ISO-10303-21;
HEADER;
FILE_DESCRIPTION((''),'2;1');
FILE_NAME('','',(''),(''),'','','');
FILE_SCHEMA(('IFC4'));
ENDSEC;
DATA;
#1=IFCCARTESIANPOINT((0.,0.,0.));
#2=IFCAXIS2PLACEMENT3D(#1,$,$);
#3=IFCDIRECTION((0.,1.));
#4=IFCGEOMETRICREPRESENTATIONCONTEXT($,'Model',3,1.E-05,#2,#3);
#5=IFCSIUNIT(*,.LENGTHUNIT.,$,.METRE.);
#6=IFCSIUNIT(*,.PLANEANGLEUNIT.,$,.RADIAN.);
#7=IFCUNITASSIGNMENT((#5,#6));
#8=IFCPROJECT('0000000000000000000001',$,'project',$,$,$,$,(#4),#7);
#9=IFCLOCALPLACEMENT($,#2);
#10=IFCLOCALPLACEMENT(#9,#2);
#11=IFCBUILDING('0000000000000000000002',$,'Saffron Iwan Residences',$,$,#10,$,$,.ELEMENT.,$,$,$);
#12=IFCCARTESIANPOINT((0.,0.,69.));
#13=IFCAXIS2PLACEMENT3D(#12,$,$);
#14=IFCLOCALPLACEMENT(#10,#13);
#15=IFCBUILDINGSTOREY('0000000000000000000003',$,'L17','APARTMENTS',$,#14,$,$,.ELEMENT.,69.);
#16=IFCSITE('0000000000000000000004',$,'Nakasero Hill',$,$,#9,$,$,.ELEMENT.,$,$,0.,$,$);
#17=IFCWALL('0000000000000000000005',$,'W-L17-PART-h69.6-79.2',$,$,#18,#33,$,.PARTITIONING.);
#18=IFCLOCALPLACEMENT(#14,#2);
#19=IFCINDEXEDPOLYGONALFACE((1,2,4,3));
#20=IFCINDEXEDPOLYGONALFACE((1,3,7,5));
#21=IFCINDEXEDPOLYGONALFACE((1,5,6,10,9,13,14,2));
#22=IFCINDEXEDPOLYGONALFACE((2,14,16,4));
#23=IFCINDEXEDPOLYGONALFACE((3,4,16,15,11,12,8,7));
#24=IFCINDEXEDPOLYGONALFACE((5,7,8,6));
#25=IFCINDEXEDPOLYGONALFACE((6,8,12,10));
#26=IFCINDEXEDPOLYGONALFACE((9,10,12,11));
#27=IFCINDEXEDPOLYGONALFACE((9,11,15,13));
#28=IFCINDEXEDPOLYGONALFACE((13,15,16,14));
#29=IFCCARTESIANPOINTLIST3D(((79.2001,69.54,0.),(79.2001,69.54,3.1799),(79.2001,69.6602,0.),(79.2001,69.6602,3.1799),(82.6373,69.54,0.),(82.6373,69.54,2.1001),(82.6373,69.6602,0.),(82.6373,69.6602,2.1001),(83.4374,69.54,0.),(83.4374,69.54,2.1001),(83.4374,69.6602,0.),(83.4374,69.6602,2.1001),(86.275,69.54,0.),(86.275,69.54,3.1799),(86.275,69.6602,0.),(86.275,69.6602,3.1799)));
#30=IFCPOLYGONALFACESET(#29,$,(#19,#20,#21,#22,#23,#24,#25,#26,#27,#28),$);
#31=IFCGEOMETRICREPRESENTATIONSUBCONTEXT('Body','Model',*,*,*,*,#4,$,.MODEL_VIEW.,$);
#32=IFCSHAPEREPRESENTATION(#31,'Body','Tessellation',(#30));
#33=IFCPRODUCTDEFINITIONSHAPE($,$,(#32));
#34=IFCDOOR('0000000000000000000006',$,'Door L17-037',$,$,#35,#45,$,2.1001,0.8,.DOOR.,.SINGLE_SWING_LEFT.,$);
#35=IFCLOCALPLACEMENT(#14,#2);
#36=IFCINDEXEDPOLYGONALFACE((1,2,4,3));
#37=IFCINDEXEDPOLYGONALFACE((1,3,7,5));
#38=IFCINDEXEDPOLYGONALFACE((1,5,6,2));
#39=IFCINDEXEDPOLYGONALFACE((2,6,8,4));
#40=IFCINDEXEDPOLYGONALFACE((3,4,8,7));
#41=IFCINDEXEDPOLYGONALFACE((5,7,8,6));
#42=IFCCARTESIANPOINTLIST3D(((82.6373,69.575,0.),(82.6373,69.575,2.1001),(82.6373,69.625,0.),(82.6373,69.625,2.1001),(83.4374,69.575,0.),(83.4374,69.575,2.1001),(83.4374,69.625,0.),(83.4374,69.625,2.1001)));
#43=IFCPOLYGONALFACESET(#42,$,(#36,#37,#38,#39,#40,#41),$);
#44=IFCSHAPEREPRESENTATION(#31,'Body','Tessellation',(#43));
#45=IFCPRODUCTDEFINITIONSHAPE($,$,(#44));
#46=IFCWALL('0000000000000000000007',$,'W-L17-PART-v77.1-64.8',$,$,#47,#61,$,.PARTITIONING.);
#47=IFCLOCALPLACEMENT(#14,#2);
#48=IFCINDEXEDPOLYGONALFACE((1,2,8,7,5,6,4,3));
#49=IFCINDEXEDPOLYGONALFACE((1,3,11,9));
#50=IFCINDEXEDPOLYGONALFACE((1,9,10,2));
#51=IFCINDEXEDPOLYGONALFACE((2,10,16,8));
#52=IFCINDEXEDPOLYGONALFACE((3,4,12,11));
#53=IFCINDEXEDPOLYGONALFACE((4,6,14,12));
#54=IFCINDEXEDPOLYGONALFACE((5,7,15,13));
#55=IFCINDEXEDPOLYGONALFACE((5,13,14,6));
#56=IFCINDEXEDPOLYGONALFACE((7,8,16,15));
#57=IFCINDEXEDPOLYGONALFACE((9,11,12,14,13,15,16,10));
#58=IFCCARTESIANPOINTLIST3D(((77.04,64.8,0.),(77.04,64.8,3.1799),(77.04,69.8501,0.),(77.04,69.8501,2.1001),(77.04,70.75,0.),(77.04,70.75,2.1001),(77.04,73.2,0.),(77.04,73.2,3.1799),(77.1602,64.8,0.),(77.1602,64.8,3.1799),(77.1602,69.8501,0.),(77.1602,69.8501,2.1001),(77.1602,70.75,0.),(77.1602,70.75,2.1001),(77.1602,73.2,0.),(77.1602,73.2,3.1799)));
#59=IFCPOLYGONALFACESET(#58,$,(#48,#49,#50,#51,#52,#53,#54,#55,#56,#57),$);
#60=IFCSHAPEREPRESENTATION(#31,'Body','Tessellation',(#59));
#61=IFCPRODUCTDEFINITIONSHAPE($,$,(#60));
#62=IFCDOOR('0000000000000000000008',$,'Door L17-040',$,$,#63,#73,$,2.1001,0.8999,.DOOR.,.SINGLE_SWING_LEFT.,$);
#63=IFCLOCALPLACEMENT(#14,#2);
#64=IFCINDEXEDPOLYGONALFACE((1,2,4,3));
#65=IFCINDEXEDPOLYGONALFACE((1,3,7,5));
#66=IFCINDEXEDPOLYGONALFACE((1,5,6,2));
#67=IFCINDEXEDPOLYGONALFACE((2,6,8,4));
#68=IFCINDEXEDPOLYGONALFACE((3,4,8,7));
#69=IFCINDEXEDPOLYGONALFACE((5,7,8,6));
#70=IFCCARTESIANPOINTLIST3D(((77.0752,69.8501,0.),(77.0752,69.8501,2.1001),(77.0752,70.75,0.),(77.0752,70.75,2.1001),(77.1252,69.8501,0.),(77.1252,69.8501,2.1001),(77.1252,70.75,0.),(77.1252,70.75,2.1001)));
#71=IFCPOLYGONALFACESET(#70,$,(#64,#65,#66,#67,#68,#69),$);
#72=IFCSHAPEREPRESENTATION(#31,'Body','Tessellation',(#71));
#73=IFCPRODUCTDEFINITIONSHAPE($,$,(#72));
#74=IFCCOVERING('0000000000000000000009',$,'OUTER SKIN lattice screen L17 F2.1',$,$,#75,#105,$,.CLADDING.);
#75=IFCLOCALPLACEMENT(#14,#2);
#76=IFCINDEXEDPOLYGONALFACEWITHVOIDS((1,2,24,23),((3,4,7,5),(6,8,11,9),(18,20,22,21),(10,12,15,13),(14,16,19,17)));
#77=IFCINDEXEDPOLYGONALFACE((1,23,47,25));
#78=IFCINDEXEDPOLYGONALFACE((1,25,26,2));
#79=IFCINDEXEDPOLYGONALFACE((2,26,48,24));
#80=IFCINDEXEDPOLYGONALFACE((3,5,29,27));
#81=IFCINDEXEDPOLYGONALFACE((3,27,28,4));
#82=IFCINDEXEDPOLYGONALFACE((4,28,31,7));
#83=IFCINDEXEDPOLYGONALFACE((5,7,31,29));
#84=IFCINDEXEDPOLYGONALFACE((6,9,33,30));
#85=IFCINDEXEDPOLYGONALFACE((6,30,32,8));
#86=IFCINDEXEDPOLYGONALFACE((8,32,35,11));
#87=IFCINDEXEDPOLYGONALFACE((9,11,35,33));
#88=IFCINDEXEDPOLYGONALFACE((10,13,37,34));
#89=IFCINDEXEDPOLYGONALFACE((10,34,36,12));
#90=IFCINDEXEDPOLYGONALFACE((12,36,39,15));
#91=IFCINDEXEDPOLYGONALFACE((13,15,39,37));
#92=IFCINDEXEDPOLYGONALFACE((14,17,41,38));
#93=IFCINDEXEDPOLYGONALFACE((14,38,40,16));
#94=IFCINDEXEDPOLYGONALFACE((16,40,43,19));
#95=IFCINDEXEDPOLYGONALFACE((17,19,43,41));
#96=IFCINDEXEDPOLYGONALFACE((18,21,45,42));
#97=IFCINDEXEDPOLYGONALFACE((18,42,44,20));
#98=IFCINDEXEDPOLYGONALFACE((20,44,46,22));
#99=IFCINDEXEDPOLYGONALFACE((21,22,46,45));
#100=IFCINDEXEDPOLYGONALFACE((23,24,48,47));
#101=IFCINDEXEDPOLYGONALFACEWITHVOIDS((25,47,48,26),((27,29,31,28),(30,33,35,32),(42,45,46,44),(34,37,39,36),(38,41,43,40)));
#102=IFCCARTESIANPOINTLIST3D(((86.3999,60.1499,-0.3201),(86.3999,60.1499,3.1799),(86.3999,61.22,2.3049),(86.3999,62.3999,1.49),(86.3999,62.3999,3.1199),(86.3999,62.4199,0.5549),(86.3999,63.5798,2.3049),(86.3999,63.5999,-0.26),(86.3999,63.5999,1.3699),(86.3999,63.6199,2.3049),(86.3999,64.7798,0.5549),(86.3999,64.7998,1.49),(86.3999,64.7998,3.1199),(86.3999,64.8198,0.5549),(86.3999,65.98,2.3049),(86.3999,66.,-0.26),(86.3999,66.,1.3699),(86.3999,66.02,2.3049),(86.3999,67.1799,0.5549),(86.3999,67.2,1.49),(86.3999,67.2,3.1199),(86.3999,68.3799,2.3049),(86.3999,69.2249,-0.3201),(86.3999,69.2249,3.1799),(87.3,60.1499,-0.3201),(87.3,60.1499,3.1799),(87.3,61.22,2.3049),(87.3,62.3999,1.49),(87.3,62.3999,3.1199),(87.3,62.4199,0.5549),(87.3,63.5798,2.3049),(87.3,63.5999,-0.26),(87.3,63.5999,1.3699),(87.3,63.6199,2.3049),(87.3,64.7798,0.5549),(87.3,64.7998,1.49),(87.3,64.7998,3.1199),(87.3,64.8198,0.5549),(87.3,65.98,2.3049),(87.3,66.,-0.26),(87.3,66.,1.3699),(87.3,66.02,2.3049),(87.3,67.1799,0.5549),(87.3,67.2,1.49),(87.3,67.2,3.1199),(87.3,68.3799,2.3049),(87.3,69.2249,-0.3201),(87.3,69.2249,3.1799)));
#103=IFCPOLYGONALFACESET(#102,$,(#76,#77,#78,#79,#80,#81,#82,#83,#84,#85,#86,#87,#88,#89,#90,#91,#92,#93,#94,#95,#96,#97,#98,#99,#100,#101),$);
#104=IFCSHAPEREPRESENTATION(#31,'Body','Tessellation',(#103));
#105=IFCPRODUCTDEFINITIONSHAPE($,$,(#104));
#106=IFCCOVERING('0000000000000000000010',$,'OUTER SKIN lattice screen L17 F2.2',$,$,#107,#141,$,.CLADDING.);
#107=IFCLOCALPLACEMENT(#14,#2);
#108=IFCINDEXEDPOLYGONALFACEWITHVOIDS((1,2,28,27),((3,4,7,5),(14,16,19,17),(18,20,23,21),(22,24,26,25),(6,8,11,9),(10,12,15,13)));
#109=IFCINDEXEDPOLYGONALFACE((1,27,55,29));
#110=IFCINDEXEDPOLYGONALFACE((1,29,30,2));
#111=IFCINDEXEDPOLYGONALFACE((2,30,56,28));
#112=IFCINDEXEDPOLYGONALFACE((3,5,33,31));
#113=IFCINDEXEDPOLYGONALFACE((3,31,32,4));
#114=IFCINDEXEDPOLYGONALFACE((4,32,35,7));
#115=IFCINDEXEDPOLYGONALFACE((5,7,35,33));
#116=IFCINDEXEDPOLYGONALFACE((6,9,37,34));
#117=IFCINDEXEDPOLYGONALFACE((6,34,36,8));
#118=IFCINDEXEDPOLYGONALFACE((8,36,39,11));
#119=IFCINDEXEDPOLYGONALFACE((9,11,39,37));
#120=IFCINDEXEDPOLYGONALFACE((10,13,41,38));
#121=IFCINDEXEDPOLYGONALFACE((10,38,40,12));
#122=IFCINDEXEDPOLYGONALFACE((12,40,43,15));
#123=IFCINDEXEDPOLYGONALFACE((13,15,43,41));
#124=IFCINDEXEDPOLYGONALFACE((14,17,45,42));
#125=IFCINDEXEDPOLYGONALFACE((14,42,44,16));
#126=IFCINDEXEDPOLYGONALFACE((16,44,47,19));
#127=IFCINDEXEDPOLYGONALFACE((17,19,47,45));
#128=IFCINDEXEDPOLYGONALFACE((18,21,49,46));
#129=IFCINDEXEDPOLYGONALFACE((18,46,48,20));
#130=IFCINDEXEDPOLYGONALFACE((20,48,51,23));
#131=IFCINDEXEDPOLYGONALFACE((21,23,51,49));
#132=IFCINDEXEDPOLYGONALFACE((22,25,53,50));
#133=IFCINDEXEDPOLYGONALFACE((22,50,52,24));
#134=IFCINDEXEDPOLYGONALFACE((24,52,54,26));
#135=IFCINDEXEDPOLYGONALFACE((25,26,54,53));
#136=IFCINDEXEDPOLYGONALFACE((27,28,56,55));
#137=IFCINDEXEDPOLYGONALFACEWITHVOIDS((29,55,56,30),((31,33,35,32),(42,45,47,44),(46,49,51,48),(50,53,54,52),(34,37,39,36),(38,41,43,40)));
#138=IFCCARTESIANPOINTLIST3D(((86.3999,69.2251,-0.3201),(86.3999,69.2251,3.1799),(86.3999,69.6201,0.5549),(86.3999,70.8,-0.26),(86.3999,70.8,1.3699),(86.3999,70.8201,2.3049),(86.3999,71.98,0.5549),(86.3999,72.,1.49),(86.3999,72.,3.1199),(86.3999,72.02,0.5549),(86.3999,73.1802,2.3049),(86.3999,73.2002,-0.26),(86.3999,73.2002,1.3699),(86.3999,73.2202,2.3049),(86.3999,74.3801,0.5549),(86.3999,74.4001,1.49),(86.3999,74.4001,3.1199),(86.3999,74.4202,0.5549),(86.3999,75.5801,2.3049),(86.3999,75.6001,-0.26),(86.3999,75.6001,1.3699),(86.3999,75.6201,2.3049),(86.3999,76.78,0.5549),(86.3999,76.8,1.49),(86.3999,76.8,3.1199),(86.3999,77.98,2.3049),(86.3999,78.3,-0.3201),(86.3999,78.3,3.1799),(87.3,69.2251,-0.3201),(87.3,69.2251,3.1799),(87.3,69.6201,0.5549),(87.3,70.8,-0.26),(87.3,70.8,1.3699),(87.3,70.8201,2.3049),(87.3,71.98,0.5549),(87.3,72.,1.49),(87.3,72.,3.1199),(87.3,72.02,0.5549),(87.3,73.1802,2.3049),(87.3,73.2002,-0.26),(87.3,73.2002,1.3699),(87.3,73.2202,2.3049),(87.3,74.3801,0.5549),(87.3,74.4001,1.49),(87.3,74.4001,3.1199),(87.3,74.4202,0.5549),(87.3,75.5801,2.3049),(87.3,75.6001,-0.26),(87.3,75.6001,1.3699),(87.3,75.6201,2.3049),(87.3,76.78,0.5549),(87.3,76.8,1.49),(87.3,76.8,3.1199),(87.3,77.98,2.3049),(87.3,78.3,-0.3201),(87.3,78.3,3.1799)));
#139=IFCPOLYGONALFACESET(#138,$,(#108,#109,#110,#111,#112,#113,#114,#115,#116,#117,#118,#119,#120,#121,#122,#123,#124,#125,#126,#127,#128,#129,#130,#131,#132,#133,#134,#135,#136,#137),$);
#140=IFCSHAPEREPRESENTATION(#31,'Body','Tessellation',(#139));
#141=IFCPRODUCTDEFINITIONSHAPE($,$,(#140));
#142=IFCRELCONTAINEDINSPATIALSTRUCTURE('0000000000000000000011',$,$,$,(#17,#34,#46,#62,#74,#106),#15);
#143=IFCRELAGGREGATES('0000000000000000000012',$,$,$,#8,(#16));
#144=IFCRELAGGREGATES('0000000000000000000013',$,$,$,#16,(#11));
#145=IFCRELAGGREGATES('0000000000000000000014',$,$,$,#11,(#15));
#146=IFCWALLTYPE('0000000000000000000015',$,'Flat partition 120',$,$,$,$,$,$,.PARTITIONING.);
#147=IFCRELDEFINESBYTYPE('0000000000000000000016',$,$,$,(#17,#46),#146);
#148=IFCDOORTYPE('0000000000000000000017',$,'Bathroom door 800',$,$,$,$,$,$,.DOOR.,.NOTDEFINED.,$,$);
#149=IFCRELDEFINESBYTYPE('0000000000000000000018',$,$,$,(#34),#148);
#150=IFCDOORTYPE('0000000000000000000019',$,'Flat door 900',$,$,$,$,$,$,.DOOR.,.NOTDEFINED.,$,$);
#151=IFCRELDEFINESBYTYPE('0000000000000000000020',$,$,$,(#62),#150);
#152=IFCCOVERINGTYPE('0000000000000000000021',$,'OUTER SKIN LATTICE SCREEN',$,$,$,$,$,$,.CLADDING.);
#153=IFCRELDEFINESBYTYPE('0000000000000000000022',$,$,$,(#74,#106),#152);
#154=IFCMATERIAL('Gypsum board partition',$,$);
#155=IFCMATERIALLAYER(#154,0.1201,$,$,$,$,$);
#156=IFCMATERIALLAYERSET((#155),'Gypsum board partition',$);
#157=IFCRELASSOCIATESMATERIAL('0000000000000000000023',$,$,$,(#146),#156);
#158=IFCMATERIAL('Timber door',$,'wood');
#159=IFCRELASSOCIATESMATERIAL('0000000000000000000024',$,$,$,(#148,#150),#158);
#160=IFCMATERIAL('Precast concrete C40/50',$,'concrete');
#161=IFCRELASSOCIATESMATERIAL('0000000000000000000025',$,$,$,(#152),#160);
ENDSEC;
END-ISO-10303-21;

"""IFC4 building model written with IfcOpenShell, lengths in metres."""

from ifc_helpers import new_model, si_unit, direction, frame, frame_2d, origin, place, context, subcontext, project, spatial, polyline, rectangle, outline, extrude, material, layer, layer_set, type_object, element, fill, save


model = new_model("IFC4")

# Units and contexts
model_context = context("Model", 3, precision=1e-05, world=origin(), true_north=direction((0.0, 1.0)))
body_context = subcontext(model_context, "Body", "Model", "MODEL_VIEW")
ifc_project = project(units=[si_unit("LENGTHUNIT", "METRE"), si_unit("PLANEANGLEUNIT", "RADIAN")], contexts=[model_context])

# Site, building, storey
site_placement = place(None, origin())
site = spatial("IfcSite", under=ifc_project, at=site_placement, Name="Nakasero Hill", CompositionType="ELEMENT", RefElevation=0.0)
building_placement = place(site_placement, origin())
building = spatial("IfcBuilding", under=site, at=building_placement, Name="Saffron Iwan Residences", CompositionType="ELEMENT")
storey_placement = place(building_placement, frame((0.0, 0.0, 69.0)))
storey = spatial("IfcBuildingStorey", under=building, at=storey_placement, Name="L17", Description="APARTMENTS", CompositionType="ELEMENT", Elevation=69.0)

# Shared definitions
ifc_material_1 = material(Name="Gypsum board partition")
ifc_layer_1 = layer(ifc_material_1, 0.1201)
ifc_layer_set_1 = layer_set([ifc_layer_1], Name="Gypsum board partition")
wall_type_1 = type_object("IfcWallType", Name="Flat partition 120", PredefinedType="PARTITIONING", material=ifc_layer_set_1)

# Walls, openings, doors
wall_1_placement = place(storey_placement, frame((79.2, 69.6001, 0.0), z_axis=(0.0, 0.0, 1.0), x_axis=(1.0, 0.0, 0.0)))
wall_1 = element("IfcWall", 1, at=wall_1_placement, inside=storey, type_object=wall_type_1, Name="W-L17-PART-h69.6-79.2", PredefinedType="PARTITIONING", context=body_context, shape_type="SweptSolid", body=[
    extrude(rectangle(XDim=7.075, YDim=0.1201, at=frame_2d((3.5376, 0.0))), origin(), (0.0, 0.0, 1.0), 3.1799),
])
opening_1_placement = place(wall_1_placement, frame((3.4375, 0.0, 0.0)))
opening_1 = element("IfcOpeningElement", 2, at=opening_1_placement, cuts=wall_1, PredefinedType="OPENING", context=body_context, shape_type="SweptSolid", body=[
    extrude(rectangle(XDim=0.8, YDim=2.1001, at=frame_2d((0.3999, 1.05))), frame((0.0, 0.0701, 0.0), z_axis=(0.0, -1.0, 0.0), x_axis=(1.0, 0.0, 0.0)), (0.0, 0.0, 1.0), 0.1401),
])
ifc_material_2 = material(Name="Timber door", Category="wood")
door_type_1 = type_object("IfcDoorType", Name="Bathroom door 800", OperationType="NOTDEFINED", PredefinedType="DOOR", material=ifc_material_2)
door_1_placement = place(opening_1_placement, origin())
door_1 = element("IfcDoor", 3, at=door_1_placement, inside=storey, type_object=door_type_1, Name="Door L17-037", OperationType="SINGLE_SWING_LEFT", OverallHeight=2.1001, OverallWidth=0.8, PredefinedType="DOOR", context=body_context, shape_type="SweptSolid", body=[
    extrude(rectangle(XDim=0.8, YDim=2.1001, at=frame_2d((0.3999, 1.05))), frame((0.0, 0.0249, 0.0), z_axis=(0.0, -1.0, 0.0), x_axis=(1.0, 0.0, 0.0)), (0.0, 0.0, 1.0), 0.05),
])
fill(opening_1, door_1)
wall_2_placement = place(storey_placement, frame((77.1001, 64.8, 0.0), z_axis=(0.0, 0.0, 1.0), x_axis=(0.0, 1.0, 0.0)))
wall_2 = element("IfcWall", 4, at=wall_2_placement, inside=storey, type_object=wall_type_1, Name="W-L17-PART-v77.1-64.8", PredefinedType="PARTITIONING", context=body_context, shape_type="SweptSolid", body=[
    extrude(rectangle(XDim=8.3999, YDim=0.1201, at=frame_2d((4.2, 0.0))), origin(), (0.0, 0.0, 1.0), 3.1799),
])
opening_2_placement = place(wall_2_placement, frame((5.05, 0.0, 0.0)))
opening_2 = element("IfcOpeningElement", 5, at=opening_2_placement, cuts=wall_2, PredefinedType="OPENING", context=body_context, shape_type="SweptSolid", body=[
    extrude(rectangle(XDim=0.8999, YDim=2.1001, at=frame_2d((0.45, 1.05))), frame((0.0, 0.0701, 0.0), z_axis=(0.0, -1.0, 0.0), x_axis=(1.0, 0.0, 0.0)), (0.0, 0.0, 1.0), 0.1401),
])
door_type_2 = type_object("IfcDoorType", Name="Flat door 900", OperationType="NOTDEFINED", PredefinedType="DOOR", material=ifc_material_2)
door_2_placement = place(opening_2_placement, origin())
door_2 = element("IfcDoor", 6, at=door_2_placement, inside=storey, type_object=door_type_2, Name="Door L17-040", OperationType="SINGLE_SWING_LEFT", OverallHeight=2.1001, OverallWidth=0.8999, PredefinedType="DOOR", context=body_context, shape_type="SweptSolid", body=[
    extrude(rectangle(XDim=0.8999, YDim=2.1001, at=frame_2d((0.45, 1.05))), frame((0.0, 0.0249, 0.0), z_axis=(0.0, -1.0, 0.0), x_axis=(1.0, 0.0, 0.0)), (0.0, 0.0, 1.0), 0.05),
])
fill(opening_2, door_2)

# Coverings
ifc_material_3 = material(Name="Precast concrete C40/50", Category="concrete")
covering_type = type_object("IfcCoveringType", Name="OUTER SKIN LATTICE SCREEN", PredefinedType="CLADDING", material=ifc_material_3)
covering_1_placement = place(storey_placement, frame((86.3999, 60.1499, -0.3201), z_axis=(1.0, 0.0, 0.0), x_axis=(0.0, 1.0, 0.0)))
element("IfcCovering", 7, at=covering_1_placement, inside=storey, type_object=covering_type, Name="OUTER SKIN lattice screen L17 F2.1", PredefinedType="CLADDING", context=body_context, shape_type="SweptSolid", body=[
    extrude(outline(polyline([(0.0, 0.0), (9.075, 0.0), (9.075, 3.5), (0.0, 3.5), (0.0, 0.0)]), holes=[polyline([(2.27, 0.875), (3.45, 0.0601), (4.6299, 0.875), (3.45, 1.6899), (2.27, 0.875)]), polyline([(4.6699, 0.875), (5.8501, 0.0601), (7.03, 0.875), (5.8501, 1.6899), (4.6699, 0.875)]), polyline([(1.0701, 2.625), (2.25, 1.8101), (3.4299, 2.625), (2.25, 3.4399), (1.0701, 2.625)]), polyline([(3.47, 2.625), (4.6499, 1.8101), (5.8301, 2.625), (4.6499, 3.4399), (3.47, 2.625)]), polyline([(5.8701, 2.625), (7.05, 1.8101), (8.23, 2.625), (7.05, 3.4399), (5.8701, 2.625)])]), origin(), (0.0, 0.0, 1.0), 0.9001),
])
covering_2_placement = place(storey_placement, frame((86.3999, 69.2251, -0.3201), z_axis=(1.0, 0.0, 0.0), x_axis=(0.0, 1.0, 0.0)))
element("IfcCovering", 8, at=covering_2_placement, inside=storey, type_object=covering_type, Name="OUTER SKIN lattice screen L17 F2.2", PredefinedType="CLADDING", context=body_context, shape_type="SweptSolid", body=[
    extrude(outline(polyline([(0.0, 0.0), (9.075, 0.0), (9.075, 3.5), (0.0, 3.5), (0.0, 0.0)]), holes=[polyline([(0.395, 0.875), (1.575, 0.0601), (2.7549, 0.875), (1.575, 1.6899), (0.395, 0.875)]), polyline([(2.7949, 0.875), (3.9751, 0.0601), (5.155, 0.875), (3.9751, 1.6899), (2.7949, 0.875)]), polyline([(5.1951, 0.875), (6.375, 0.0601), (7.5549, 0.875), (6.375, 1.6899), (5.1951, 0.875)]), polyline([(1.595, 2.625), (2.7749, 1.8101), (3.9551, 2.625), (2.7749, 3.4399), (1.595, 2.625)]), polyline([(3.9951, 2.625), (5.175, 1.8101), (6.355, 2.625), (5.175, 3.4399), (3.9951, 2.625)]), polyline([(6.395, 2.625), (7.575, 1.8101), (8.7549, 2.625), (7.575, 3.4399), (6.395, 2.625)])]), origin(), (0.0, 0.0, 1.0), 0.9001),
])

save(model, "model.ifc")
